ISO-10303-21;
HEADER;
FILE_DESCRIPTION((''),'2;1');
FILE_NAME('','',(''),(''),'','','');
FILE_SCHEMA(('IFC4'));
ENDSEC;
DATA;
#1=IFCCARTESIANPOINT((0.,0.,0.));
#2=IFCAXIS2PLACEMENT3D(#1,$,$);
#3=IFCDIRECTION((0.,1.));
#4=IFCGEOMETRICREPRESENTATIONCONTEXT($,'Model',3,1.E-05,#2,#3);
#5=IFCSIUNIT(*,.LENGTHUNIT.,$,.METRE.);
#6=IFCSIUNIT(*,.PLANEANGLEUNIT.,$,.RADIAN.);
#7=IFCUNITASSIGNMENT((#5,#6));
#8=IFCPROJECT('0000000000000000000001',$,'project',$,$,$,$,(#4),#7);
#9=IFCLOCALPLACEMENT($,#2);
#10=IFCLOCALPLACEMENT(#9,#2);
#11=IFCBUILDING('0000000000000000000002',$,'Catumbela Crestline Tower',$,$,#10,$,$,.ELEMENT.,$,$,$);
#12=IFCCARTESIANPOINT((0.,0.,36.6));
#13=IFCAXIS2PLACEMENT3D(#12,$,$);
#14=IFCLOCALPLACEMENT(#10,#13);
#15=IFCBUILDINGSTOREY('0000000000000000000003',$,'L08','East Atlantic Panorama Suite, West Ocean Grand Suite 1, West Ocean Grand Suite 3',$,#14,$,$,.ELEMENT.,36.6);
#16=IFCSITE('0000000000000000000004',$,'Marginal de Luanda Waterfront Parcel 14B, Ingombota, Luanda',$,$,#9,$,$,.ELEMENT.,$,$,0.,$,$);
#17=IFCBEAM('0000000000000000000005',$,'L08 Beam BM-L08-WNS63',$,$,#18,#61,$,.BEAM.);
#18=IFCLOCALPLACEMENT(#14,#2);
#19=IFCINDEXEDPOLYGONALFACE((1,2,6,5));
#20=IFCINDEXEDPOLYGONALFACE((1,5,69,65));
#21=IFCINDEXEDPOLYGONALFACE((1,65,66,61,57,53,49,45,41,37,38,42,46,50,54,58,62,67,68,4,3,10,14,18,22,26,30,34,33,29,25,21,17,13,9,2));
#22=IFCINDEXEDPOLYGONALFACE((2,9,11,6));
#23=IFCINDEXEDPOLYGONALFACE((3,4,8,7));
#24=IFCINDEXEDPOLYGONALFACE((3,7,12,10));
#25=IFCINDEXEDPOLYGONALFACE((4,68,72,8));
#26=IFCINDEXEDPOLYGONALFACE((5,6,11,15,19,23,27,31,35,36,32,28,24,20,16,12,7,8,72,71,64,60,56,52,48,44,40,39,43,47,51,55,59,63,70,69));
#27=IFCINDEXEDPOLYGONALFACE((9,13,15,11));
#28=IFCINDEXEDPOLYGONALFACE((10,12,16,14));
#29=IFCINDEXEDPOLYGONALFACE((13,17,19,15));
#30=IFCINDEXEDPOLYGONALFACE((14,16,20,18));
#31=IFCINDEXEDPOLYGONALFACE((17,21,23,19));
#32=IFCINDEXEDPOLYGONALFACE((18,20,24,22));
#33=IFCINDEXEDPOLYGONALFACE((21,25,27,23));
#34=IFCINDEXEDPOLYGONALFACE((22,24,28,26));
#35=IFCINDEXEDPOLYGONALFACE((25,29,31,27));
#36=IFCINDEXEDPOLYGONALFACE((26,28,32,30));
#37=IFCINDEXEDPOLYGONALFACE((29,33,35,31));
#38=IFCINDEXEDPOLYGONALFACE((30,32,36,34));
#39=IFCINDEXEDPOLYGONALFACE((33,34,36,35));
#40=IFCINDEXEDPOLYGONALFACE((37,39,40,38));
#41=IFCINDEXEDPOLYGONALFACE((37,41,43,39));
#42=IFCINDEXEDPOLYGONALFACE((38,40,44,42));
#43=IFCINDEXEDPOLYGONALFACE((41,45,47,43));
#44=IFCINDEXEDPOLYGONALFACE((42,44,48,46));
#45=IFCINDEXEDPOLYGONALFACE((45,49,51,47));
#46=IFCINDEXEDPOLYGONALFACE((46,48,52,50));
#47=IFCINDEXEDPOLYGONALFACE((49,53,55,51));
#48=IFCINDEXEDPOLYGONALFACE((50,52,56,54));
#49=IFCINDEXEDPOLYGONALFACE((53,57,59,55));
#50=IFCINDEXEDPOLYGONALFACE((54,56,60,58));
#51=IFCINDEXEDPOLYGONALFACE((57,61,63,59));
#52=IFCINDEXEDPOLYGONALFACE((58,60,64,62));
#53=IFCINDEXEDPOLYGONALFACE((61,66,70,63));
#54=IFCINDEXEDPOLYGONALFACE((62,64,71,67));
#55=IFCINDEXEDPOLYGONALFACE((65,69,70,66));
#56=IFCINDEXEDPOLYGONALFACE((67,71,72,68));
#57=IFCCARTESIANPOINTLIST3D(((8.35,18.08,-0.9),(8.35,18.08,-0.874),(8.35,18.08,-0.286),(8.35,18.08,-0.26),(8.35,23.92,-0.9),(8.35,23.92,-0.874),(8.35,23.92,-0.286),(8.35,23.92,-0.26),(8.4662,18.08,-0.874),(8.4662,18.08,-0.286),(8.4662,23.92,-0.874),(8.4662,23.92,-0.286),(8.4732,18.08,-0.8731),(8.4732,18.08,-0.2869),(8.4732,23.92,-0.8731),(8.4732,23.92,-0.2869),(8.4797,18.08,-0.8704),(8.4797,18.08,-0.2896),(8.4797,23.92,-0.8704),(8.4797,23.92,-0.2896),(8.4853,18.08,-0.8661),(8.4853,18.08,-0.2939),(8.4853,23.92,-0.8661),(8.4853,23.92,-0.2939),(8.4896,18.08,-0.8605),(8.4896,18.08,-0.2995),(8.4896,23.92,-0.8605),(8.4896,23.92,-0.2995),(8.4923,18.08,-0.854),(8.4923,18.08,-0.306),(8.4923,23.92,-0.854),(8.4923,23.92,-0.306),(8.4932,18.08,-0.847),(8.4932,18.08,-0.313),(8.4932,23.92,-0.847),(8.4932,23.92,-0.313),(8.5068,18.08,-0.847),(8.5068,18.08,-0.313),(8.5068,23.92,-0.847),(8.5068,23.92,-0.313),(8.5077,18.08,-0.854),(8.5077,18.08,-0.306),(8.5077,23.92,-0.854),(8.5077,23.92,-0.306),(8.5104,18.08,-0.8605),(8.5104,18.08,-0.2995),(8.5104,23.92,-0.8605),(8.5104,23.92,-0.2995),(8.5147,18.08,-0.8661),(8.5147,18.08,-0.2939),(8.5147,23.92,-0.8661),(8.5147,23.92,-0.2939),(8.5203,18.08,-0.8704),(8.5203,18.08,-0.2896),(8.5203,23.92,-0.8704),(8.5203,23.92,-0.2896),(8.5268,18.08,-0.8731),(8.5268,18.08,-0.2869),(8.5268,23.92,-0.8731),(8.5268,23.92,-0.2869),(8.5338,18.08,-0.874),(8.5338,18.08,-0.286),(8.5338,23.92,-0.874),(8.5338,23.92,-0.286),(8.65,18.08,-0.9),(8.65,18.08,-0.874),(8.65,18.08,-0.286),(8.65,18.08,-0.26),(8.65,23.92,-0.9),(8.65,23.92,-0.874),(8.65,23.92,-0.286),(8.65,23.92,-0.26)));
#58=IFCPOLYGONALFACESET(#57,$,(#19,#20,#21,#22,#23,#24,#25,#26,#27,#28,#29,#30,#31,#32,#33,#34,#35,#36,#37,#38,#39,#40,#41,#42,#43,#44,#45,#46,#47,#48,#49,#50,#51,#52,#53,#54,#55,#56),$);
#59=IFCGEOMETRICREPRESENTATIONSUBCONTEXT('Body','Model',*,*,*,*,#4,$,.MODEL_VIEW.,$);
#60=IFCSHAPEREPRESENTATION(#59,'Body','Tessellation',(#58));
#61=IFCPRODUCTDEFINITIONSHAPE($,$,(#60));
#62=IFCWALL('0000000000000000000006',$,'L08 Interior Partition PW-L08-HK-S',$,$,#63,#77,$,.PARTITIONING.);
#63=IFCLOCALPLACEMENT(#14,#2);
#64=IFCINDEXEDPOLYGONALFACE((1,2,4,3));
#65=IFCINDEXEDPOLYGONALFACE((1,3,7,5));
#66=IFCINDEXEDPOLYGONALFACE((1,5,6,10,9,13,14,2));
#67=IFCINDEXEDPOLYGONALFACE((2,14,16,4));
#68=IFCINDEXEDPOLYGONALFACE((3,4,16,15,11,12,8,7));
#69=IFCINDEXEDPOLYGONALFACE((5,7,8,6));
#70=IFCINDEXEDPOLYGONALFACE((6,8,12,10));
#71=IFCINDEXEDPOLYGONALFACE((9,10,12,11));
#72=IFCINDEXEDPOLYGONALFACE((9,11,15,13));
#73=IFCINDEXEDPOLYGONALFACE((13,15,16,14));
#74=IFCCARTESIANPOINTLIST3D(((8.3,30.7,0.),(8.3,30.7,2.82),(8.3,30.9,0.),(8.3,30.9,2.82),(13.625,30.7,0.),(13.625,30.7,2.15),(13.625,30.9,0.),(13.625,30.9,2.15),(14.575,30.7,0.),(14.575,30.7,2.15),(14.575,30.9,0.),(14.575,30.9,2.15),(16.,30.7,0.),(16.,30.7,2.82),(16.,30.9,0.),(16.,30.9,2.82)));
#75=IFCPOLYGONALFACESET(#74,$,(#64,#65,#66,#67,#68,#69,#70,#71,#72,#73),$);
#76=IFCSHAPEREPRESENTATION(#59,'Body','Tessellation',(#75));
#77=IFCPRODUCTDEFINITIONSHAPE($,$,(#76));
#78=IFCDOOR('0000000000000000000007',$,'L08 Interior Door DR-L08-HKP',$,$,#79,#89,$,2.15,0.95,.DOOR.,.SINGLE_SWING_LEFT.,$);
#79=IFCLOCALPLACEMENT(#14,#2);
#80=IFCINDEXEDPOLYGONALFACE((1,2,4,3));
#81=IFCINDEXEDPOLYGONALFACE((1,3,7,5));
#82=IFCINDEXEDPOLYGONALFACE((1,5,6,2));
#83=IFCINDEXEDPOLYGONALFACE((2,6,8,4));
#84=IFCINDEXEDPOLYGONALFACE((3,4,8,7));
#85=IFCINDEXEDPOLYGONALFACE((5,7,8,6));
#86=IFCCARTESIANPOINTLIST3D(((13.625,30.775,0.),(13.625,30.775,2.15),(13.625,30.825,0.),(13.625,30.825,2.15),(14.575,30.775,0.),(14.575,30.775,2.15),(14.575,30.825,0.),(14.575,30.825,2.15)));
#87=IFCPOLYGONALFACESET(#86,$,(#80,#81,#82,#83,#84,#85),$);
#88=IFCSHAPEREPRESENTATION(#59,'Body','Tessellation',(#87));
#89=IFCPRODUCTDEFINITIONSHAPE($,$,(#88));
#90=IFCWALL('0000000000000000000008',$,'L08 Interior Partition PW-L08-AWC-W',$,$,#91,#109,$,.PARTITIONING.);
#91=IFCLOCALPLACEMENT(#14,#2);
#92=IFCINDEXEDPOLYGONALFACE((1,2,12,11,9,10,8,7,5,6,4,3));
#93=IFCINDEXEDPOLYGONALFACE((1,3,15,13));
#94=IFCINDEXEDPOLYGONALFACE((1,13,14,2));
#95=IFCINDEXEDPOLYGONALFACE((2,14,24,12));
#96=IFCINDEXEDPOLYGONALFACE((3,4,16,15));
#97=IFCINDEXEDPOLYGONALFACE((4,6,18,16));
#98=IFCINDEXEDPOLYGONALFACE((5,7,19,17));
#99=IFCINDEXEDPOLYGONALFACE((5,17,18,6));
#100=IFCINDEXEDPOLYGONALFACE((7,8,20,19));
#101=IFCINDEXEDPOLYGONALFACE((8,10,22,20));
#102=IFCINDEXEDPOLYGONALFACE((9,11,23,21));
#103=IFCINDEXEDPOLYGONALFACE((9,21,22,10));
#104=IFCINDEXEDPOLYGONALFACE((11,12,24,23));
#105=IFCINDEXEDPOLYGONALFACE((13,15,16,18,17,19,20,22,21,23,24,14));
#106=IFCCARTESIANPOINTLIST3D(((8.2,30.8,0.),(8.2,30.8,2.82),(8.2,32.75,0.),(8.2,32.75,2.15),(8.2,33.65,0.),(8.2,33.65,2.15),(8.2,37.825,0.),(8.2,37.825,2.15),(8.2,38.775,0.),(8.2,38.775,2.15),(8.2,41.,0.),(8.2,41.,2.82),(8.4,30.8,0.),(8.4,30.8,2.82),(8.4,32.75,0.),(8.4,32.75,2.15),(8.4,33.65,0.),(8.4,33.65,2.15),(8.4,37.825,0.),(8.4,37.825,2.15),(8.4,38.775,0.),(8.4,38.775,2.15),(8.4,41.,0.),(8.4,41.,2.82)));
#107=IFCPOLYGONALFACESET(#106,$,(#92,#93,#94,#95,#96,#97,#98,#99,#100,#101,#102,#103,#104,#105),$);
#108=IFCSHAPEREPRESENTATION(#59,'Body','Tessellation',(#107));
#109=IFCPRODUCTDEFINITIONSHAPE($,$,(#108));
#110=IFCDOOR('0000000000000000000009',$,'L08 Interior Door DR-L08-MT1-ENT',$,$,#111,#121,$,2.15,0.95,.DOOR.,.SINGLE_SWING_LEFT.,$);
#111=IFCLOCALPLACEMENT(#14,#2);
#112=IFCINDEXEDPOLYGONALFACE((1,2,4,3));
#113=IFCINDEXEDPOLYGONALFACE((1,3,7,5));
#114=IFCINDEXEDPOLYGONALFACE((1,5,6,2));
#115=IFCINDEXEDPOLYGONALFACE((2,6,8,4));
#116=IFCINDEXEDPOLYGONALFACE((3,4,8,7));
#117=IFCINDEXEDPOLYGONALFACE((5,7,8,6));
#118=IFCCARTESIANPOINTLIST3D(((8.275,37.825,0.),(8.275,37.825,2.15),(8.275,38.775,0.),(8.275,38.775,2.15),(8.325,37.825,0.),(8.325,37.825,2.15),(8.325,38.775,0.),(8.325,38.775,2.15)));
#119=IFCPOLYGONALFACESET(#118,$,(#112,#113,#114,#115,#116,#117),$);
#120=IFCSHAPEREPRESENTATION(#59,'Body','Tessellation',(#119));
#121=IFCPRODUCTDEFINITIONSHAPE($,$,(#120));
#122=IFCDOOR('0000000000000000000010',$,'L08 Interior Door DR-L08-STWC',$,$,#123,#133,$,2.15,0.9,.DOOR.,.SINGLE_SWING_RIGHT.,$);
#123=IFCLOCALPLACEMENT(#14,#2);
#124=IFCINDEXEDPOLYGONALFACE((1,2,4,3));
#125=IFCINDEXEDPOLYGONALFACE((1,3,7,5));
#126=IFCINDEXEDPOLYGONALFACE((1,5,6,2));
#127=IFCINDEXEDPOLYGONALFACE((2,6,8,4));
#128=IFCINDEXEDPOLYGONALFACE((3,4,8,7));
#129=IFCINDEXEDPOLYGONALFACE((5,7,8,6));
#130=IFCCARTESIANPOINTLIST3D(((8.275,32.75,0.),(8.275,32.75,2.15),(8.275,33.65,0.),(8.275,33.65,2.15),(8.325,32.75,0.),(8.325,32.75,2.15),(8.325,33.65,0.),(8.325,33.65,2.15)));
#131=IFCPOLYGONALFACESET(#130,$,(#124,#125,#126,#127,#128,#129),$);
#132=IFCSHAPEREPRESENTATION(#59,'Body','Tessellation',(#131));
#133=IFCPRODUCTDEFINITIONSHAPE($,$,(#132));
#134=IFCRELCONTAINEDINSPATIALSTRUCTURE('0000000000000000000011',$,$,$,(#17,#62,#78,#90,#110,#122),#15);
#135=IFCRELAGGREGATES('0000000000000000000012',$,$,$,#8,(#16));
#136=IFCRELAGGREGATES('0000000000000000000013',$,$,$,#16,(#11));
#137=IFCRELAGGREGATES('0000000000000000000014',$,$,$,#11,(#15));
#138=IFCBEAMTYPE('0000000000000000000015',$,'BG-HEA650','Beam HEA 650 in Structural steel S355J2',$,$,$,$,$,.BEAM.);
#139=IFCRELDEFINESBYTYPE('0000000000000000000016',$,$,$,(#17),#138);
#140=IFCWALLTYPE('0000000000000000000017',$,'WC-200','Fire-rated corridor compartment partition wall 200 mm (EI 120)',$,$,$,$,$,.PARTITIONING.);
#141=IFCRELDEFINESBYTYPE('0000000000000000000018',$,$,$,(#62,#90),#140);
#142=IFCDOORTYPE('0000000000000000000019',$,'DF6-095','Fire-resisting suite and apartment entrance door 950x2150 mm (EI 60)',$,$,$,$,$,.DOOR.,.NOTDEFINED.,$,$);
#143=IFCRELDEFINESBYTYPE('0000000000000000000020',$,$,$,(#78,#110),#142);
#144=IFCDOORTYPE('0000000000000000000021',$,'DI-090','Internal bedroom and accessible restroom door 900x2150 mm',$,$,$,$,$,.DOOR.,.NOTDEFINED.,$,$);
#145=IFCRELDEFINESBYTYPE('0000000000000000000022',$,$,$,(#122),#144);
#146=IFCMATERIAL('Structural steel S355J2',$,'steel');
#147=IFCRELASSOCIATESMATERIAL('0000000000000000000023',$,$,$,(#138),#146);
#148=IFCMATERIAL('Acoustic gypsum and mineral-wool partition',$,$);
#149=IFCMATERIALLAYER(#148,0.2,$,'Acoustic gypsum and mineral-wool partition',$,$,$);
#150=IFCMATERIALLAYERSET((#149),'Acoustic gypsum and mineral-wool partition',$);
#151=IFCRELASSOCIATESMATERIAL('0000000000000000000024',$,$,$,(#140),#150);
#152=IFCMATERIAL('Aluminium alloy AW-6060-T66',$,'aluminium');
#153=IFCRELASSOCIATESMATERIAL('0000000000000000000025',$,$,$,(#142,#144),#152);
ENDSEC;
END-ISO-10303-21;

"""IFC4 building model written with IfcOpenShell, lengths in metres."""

from ifc_helpers import new_model, si_unit, direction, frame, frame_2d, origin, origin_2d, place, context, subcontext, project, spatial, rectangle, i_section, extrude, material, layer, layer_set, material_profile, profile_set, type_object, element, fill, save


model = new_model("IFC4")

# Units and contexts
model_context = context("Model", 3, precision=1e-05, world=origin(), true_north=direction((0.0, 1.0)))
body_context = subcontext(model_context, "Body", "Model", "MODEL_VIEW")
ifc_project = project(units=[si_unit("LENGTHUNIT", "METRE"), si_unit("PLANEANGLEUNIT", "RADIAN")], contexts=[model_context])

# Site, building, storey
site_placement = place(None, origin())
site = spatial("IfcSite", under=ifc_project, at=site_placement, Name="Marginal de Luanda Waterfront Parcel 14B, Ingombota, Luanda", CompositionType="ELEMENT", RefElevation=0.0)
building_placement = place(site_placement, origin())
building = spatial("IfcBuilding", under=site, at=building_placement, Name="Catumbela Crestline Tower", CompositionType="ELEMENT")
storey_placement = place(building_placement, frame((0.0, 0.0, 36.6)))
storey = spatial("IfcBuildingStorey", under=building, at=storey_placement, Name="L08", Description="East Atlantic Panorama Suite, West Ocean Grand Suite 1, West Ocean Grand Suite 3", CompositionType="ELEMENT", Elevation=36.6)

# Beam
ifc_material_1 = material(Name="Structural steel S355J2", Category="steel")
ifc_material_profile_1 = material_profile(ifc_material_1, i_section(OverallWidth=0.3, OverallDepth=0.64, WebThickness=0.0135, FlangeThickness=0.026, FilletRadius=0.027, at=origin_2d()), Name="HEA 650")
ifc_profile_set_1 = profile_set([ifc_material_profile_1], Name="Structural steel S355J2")
beam_type = type_object("IfcBeamType", Name="BG-HEA650", Description="Beam HEA 650 in Structural steel S355J2", PredefinedType="BEAM", material=ifc_profile_set_1)
beam_1_placement = place(storey_placement, frame((8.5, 18.08, -0.58), z_axis=(0.0, 1.0, 0.0), x_axis=(-1.0, 0.0, 0.0)))
element("IfcBeam", 1, at=beam_1_placement, inside=storey, type_object=beam_type, Name="L08 Beam BM-L08-WNS63", PredefinedType="BEAM", context=body_context, shape_type="SweptSolid", body=[
    extrude(i_section(OverallWidth=0.3, OverallDepth=0.64, WebThickness=0.0135, FlangeThickness=0.026, FilletRadius=0.027, at=origin_2d()), origin(), (0.0, 0.0, 1.0), 5.84),
])

# Wall, opening, door
ifc_material_2 = material(Name="Acoustic gypsum and mineral-wool partition")
ifc_layer = layer(ifc_material_2, 0.2, Name="Acoustic gypsum and mineral-wool partition")
ifc_layer_set = layer_set([ifc_layer], Name="Acoustic gypsum and mineral-wool partition")
wall_type = type_object("IfcWallType", Name="WC-200", Description="Fire-rated corridor compartment partition wall 200 mm (EI 120)", PredefinedType="PARTITIONING", material=ifc_layer_set)
wall_1_placement = place(storey_placement, frame((8.3, 30.8, 0.0), z_axis=(0.0, 0.0, 1.0), x_axis=(1.0, 0.0, 0.0)))
wall_1 = element("IfcWall", 2, at=wall_1_placement, inside=storey, type_object=wall_type, Name="L08 Interior Partition PW-L08-HK-S", PredefinedType="PARTITIONING", context=body_context, shape_type="SweptSolid", body=[
    extrude(rectangle(XDim=7.7, YDim=0.2, at=frame_2d((3.85, 0.0))), origin(), (0.0, 0.0, 1.0), 2.82),
])
opening_1_placement = place(wall_1_placement, frame((5.325, 0.0, 0.0)))
opening_1 = element("IfcOpeningElement", 3, at=opening_1_placement, cuts=wall_1, PredefinedType="OPENING", context=body_context, shape_type="SweptSolid", body=[
    extrude(rectangle(XDim=0.95, YDim=2.15, at=frame_2d((0.475, 1.075))), frame((0.0, 0.11, 0.0), z_axis=(0.0, -1.0, 0.0), x_axis=(1.0, 0.0, 0.0)), (0.0, 0.0, 1.0), 0.22),
])
ifc_material_3 = material(Name="Aluminium alloy AW-6060-T66", Category="aluminium")
door_type_1 = type_object("IfcDoorType", Name="DF6-095", Description="Fire-resisting suite and apartment entrance door 950x2150 mm (EI 60)", OperationType="NOTDEFINED", PredefinedType="DOOR", material=ifc_material_3)
door_1_placement = place(opening_1_placement, origin())
door_1 = element("IfcDoor", 4, at=door_1_placement, inside=storey, type_object=door_type_1, Name="L08 Interior Door DR-L08-HKP", OperationType="SINGLE_SWING_LEFT", OverallHeight=2.15, OverallWidth=0.95, PredefinedType="DOOR", context=body_context, shape_type="SweptSolid", body=[
    extrude(rectangle(XDim=0.95, YDim=2.15, at=frame_2d((0.475, 1.075))), frame((0.0, 0.025, 0.0), z_axis=(0.0, -1.0, 0.0), x_axis=(1.0, 0.0, 0.0)), (0.0, 0.0, 1.0), 0.05),
])
fill(opening_1, door_1)

# Wall, openings, doors
wall_2_placement = place(storey_placement, frame((8.3, 30.8, 0.0), z_axis=(0.0, 0.0, 1.0), x_axis=(0.0, 1.0, 0.0)))
wall_2 = element("IfcWall", 5, at=wall_2_placement, inside=storey, type_object=wall_type, Name="L08 Interior Partition PW-L08-AWC-W", PredefinedType="PARTITIONING", context=body_context, shape_type="SweptSolid", body=[
    extrude(rectangle(XDim=10.2, YDim=0.2, at=frame_2d((5.1, 0.0))), origin(), (0.0, 0.0, 1.0), 2.82),
])
opening_2_placement = place(wall_2_placement, frame((1.95, 0.0, 0.0)))
opening_2 = element("IfcOpeningElement", 6, at=opening_2_placement, cuts=wall_2, PredefinedType="OPENING", context=body_context, shape_type="SweptSolid", body=[
    extrude(rectangle(XDim=0.9, YDim=2.15, at=frame_2d((0.45, 1.075))), frame((0.0, 0.11, 0.0), z_axis=(0.0, -1.0, 0.0), x_axis=(1.0, 0.0, 0.0)), (0.0, 0.0, 1.0), 0.22),
])
opening_3_placement = place(wall_2_placement, frame((7.025, 0.0, 0.0)))
opening_3 = element("IfcOpeningElement", 7, at=opening_3_placement, cuts=wall_2, PredefinedType="OPENING", context=body_context, shape_type="SweptSolid", body=[
    extrude(rectangle(XDim=0.95, YDim=2.15, at=frame_2d((0.475, 1.075))), frame((0.0, 0.11, 0.0), z_axis=(0.0, -1.0, 0.0), x_axis=(1.0, 0.0, 0.0)), (0.0, 0.0, 1.0), 0.22),
])
door_2_placement = place(opening_3_placement, origin())
door_2 = element("IfcDoor", 8, at=door_2_placement, inside=storey, type_object=door_type_1, Name="L08 Interior Door DR-L08-MT1-ENT", OperationType="SINGLE_SWING_LEFT", OverallHeight=2.15, OverallWidth=0.95, PredefinedType="DOOR", context=body_context, shape_type="SweptSolid", body=[
    extrude(rectangle(XDim=0.95, YDim=2.15, at=frame_2d((0.475, 1.075))), frame((0.0, 0.025, 0.0), z_axis=(0.0, -1.0, 0.0), x_axis=(1.0, 0.0, 0.0)), (0.0, 0.0, 1.0), 0.05),
])
fill(opening_3, door_2)
door_type_2 = type_object("IfcDoorType", Name="DI-090", Description="Internal bedroom and accessible restroom door 900x2150 mm", OperationType="NOTDEFINED", PredefinedType="DOOR", material=ifc_material_3)
door_3_placement = place(opening_2_placement, origin())
door_3 = element("IfcDoor", 9, at=door_3_placement, inside=storey, type_object=door_type_2, Name="L08 Interior Door DR-L08-STWC", OperationType="SINGLE_SWING_RIGHT", OverallHeight=2.15, OverallWidth=0.9, PredefinedType="DOOR", context=body_context, shape_type="SweptSolid", body=[
    extrude(rectangle(XDim=0.9, YDim=2.15, at=frame_2d((0.45, 1.075))), frame((0.0, 0.025, 0.0), z_axis=(0.0, -1.0, 0.0), x_axis=(1.0, 0.0, 0.0)), (0.0, 0.0, 1.0), 0.05),
])
fill(opening_2, door_3)

save(model, "model.ifc")
